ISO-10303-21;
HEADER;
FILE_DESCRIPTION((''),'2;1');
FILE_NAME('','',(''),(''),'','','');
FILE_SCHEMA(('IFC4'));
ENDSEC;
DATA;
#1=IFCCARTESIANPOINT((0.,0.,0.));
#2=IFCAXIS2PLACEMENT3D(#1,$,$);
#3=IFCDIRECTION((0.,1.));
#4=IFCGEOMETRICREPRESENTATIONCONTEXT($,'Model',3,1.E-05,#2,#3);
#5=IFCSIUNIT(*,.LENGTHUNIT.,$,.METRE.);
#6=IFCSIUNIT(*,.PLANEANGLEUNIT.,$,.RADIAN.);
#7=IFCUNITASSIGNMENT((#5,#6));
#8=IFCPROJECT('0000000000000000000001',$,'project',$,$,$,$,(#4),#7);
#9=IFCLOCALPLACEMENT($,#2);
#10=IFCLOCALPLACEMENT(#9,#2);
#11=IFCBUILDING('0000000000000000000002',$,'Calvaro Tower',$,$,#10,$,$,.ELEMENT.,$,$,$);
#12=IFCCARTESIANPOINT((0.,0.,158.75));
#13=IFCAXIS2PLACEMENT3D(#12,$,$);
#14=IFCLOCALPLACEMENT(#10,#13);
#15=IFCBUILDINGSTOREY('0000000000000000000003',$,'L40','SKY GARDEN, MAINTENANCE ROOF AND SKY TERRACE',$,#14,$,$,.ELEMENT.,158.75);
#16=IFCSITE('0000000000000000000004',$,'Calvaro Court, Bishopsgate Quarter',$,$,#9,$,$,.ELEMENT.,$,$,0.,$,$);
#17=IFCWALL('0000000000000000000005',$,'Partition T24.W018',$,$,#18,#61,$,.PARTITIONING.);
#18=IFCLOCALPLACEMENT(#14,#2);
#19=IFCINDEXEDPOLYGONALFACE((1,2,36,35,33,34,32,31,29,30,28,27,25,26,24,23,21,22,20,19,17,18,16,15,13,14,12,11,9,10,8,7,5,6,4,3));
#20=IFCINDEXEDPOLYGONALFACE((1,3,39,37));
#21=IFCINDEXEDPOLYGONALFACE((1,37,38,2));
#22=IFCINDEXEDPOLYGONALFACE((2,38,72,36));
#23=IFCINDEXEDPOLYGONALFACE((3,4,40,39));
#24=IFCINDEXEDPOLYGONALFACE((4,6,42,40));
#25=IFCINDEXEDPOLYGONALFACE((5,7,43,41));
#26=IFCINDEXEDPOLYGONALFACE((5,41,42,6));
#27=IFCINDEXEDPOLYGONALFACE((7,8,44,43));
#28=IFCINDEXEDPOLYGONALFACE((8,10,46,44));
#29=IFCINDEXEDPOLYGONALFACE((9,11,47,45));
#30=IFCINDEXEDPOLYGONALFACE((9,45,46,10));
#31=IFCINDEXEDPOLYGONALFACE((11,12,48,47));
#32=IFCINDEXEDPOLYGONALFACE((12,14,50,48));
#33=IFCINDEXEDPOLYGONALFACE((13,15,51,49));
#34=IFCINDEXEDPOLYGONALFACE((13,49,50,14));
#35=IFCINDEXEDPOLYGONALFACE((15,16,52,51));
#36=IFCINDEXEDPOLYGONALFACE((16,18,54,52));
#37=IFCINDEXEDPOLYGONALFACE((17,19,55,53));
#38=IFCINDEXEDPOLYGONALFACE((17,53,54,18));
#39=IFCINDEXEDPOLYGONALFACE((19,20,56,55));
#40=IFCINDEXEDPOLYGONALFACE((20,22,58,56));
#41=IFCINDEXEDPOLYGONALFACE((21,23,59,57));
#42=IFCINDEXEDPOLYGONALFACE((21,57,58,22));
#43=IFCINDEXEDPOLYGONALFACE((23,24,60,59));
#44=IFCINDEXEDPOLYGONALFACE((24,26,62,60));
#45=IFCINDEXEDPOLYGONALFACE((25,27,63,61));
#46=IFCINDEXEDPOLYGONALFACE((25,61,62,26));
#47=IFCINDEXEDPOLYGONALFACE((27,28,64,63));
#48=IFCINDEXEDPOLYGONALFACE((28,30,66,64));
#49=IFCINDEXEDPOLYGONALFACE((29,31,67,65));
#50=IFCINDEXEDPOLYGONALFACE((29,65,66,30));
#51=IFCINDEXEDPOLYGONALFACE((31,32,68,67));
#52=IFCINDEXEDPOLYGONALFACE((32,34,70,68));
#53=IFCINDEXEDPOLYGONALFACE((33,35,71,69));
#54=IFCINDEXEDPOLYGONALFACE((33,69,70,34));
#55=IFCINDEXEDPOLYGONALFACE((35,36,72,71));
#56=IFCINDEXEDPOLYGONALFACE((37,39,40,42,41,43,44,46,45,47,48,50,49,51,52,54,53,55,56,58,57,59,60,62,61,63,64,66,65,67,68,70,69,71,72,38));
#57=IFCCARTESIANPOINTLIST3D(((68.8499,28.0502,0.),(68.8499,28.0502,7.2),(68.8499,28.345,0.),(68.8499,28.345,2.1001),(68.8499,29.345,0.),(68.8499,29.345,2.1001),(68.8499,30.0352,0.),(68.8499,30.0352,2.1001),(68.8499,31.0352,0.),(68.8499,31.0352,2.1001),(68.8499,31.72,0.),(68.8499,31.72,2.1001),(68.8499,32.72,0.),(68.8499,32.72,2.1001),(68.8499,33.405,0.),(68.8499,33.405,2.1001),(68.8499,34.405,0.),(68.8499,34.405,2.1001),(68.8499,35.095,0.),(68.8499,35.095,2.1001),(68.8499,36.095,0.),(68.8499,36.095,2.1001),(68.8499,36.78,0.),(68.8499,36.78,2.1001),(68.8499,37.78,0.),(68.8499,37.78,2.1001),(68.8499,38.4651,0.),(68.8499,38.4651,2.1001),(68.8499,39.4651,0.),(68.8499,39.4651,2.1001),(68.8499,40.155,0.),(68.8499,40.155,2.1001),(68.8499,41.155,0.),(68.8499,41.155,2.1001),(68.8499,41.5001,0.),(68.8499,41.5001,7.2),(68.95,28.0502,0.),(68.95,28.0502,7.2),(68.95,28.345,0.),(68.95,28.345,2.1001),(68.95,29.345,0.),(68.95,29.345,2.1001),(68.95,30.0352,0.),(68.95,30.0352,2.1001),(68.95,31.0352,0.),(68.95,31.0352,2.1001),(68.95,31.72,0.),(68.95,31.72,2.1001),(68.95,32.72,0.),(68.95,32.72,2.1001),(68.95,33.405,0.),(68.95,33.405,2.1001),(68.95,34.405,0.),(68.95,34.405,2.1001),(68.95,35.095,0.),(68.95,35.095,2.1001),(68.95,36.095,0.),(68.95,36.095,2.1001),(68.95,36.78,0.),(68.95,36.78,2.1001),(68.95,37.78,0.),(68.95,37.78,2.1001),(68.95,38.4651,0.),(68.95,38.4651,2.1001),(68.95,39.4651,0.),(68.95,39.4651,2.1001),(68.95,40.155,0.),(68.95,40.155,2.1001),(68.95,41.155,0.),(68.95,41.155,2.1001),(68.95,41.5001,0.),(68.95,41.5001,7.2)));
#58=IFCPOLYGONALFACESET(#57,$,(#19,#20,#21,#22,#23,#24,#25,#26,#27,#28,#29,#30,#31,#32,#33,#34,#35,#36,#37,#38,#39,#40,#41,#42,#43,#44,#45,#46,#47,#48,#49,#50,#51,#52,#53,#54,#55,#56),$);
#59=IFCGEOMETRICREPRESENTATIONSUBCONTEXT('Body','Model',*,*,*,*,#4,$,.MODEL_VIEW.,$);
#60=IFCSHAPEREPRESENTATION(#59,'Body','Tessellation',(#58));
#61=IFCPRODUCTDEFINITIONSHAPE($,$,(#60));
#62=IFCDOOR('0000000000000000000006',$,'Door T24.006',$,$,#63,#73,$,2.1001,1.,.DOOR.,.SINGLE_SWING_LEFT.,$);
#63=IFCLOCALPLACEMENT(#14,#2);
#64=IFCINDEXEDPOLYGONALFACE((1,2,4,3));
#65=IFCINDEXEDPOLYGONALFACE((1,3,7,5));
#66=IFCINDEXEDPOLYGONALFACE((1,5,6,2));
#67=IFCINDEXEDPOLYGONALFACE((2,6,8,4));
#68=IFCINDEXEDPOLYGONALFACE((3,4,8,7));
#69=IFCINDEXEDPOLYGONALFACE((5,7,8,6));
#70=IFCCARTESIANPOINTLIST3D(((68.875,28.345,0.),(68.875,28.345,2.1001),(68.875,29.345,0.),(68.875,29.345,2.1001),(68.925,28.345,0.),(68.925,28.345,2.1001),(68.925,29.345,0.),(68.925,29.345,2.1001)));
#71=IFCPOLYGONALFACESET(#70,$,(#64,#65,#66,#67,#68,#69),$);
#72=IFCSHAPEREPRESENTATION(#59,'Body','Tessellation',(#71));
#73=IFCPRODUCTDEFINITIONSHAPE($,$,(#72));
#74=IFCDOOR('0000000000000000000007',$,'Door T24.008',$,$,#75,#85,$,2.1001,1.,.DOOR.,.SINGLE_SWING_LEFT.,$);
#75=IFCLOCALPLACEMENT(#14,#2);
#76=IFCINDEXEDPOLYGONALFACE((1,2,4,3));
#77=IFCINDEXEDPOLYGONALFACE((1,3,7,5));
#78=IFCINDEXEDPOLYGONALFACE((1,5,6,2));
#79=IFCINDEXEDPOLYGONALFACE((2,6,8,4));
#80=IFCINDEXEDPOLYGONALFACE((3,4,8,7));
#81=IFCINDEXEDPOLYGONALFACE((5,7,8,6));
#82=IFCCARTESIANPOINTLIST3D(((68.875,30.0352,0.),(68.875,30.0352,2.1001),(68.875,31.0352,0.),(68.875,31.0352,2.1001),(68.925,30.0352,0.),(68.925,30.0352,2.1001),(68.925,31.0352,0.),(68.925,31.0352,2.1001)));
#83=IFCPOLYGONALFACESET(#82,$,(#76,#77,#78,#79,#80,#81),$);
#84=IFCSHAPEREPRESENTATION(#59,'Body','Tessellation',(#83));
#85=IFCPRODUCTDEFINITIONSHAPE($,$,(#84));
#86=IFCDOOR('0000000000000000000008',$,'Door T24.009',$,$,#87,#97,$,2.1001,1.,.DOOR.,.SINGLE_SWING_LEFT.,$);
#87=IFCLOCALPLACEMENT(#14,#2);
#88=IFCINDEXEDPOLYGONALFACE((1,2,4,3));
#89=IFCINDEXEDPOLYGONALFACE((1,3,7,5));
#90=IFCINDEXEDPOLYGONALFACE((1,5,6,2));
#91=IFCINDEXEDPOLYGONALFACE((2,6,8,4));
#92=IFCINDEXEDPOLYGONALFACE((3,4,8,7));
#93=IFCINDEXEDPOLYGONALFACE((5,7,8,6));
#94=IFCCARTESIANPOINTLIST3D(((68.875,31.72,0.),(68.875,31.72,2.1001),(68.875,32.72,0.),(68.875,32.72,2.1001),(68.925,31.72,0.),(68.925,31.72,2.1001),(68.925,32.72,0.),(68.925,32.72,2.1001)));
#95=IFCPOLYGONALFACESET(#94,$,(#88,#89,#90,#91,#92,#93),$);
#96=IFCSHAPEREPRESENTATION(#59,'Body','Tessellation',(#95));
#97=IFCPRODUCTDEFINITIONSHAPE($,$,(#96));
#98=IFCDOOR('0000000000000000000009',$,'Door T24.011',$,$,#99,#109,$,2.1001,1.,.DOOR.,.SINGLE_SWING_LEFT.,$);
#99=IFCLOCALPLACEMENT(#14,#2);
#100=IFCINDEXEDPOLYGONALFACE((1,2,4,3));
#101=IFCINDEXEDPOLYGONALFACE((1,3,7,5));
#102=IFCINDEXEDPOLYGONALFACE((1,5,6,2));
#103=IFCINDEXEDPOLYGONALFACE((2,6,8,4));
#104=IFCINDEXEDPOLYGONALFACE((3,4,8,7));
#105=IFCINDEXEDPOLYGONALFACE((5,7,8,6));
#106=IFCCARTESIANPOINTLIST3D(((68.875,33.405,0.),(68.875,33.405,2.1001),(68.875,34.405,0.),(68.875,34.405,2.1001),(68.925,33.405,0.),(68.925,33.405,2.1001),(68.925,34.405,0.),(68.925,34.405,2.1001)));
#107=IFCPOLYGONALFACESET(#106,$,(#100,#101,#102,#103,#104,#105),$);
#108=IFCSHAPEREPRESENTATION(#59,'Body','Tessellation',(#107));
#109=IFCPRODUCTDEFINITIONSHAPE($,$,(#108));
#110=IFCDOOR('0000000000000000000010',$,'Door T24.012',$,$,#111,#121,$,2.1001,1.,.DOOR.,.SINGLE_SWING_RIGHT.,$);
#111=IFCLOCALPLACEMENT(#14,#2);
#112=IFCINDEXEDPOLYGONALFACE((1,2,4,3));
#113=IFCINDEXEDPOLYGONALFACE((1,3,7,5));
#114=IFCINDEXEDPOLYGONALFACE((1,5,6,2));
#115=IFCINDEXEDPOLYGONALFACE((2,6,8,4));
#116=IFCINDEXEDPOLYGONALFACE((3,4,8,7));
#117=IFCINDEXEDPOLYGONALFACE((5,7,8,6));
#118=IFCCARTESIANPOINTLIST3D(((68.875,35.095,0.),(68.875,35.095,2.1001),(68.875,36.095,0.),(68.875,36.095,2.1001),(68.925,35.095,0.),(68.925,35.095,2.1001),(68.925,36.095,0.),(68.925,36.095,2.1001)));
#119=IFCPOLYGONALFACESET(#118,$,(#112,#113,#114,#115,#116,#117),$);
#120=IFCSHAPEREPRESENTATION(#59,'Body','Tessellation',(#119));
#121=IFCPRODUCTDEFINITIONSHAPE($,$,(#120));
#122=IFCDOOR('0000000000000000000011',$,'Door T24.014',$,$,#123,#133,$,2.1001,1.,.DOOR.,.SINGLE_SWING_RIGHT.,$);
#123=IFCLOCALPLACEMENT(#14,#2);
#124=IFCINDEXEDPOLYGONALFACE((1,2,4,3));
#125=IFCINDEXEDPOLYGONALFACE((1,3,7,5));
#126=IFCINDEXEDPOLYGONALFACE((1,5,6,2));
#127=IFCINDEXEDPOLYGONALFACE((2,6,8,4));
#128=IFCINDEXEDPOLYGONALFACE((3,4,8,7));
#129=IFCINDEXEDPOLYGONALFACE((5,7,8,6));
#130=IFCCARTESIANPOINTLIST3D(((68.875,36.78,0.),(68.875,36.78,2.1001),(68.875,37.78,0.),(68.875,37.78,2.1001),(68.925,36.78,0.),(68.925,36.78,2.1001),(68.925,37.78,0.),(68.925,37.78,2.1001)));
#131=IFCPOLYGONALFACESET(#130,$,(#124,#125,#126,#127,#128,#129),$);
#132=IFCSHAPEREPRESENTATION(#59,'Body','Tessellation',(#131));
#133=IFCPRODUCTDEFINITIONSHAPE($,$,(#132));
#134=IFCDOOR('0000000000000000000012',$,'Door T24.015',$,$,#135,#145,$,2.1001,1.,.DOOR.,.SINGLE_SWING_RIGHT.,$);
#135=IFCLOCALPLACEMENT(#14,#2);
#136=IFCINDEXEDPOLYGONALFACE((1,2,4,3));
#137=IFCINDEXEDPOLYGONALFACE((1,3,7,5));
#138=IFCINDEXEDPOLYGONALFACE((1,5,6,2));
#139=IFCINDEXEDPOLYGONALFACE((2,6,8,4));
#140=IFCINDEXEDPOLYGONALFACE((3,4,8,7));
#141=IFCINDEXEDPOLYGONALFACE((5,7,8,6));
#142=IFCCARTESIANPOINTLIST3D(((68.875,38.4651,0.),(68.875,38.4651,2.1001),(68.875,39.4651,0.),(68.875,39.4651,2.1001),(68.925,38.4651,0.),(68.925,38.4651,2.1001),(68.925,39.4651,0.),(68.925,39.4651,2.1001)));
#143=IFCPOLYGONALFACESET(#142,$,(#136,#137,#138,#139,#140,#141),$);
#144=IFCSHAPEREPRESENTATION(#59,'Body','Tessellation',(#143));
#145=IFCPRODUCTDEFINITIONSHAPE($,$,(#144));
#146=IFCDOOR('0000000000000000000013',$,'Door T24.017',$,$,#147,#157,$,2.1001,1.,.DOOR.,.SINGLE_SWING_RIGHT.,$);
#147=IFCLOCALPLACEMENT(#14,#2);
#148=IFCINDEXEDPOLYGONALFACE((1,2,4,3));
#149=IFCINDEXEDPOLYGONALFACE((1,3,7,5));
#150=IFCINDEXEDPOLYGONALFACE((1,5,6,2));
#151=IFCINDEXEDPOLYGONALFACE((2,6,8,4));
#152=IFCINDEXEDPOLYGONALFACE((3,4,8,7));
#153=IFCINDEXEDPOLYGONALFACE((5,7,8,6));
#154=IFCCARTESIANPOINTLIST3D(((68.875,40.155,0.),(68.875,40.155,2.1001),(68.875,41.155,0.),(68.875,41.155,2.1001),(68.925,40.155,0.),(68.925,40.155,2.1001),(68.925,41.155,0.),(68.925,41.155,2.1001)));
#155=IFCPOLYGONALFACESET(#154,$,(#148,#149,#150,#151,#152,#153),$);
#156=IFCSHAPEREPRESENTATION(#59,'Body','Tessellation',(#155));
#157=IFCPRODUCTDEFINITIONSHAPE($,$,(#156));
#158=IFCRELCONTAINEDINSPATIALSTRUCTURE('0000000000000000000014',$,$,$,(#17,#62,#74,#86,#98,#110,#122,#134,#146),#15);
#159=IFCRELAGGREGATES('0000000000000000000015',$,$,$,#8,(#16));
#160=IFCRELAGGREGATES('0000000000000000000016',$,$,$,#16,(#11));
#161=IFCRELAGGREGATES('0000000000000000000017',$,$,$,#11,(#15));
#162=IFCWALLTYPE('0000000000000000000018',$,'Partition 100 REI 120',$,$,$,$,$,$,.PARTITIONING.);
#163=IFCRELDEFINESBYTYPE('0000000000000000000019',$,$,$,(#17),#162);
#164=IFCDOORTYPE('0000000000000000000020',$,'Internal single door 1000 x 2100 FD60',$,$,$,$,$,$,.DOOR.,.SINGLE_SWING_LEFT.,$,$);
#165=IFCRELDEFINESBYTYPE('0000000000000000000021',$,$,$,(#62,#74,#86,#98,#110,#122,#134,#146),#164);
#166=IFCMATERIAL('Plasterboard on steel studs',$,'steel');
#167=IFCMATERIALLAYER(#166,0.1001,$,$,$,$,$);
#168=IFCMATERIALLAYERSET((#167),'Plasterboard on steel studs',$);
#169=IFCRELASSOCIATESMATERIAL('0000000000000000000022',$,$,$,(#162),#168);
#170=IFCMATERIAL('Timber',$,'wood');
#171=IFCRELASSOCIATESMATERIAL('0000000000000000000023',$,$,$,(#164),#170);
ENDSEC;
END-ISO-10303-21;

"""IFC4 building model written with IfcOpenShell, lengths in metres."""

from ifc_helpers import new_model, si_unit, direction, frame, frame_2d, origin, place, context, subcontext, project, spatial, rectangle, extrude, material, layer, layer_set, type_object, element, fill, save


model = new_model("IFC4")

# Units and contexts
model_context = context("Model", 3, precision=1e-05, world=origin(), true_north=direction((0.0, 1.0)))
body_context = subcontext(model_context, "Body", "Model", "MODEL_VIEW")
ifc_project = project(units=[si_unit("LENGTHUNIT", "METRE"), si_unit("PLANEANGLEUNIT", "RADIAN")], contexts=[model_context])

# Site, building, storey
site_placement = place(None, origin())
site = spatial("IfcSite", under=ifc_project, at=site_placement, Name="Calvaro Court, Bishopsgate Quarter", CompositionType="ELEMENT", RefElevation=0.0)
building_placement = place(site_placement, origin())
building = spatial("IfcBuilding", under=site, at=building_placement, Name="Calvaro Tower", CompositionType="ELEMENT")
storey_placement = place(building_placement, frame((0.0, 0.0, 158.75)))
storey = spatial("IfcBuildingStorey", under=building, at=storey_placement, Name="L40", Description="SKY GARDEN, MAINTENANCE ROOF AND SKY TERRACE", CompositionType="ELEMENT", Elevation=158.75)

# Shared definitions
ifc_material_1 = material(Name="Plasterboard on steel studs", Category="steel")
ifc_layer_1 = layer(ifc_material_1, 0.1001)
ifc_layer_set_1 = layer_set([ifc_layer_1], Name="Plasterboard on steel studs")
wall_type_1 = type_object("IfcWallType", Name="Partition 100 REI 120", PredefinedType="PARTITIONING", material=ifc_layer_set_1)

# Wall, openings, doors
wall_1_placement = place(storey_placement, frame((68.8999, 28.05, 0.0), z_axis=(0.0, 0.0, 1.0), x_axis=(0.0, 1.0, 0.0)))
wall_1 = element("IfcWall", 1, at=wall_1_placement, inside=storey, type_object=wall_type_1, Name="Partition T24.W018", PredefinedType="PARTITIONING", context=body_context, shape_type="SweptSolid", body=[
    extrude(rectangle(XDim=13.45, YDim=0.1001, at=frame_2d((6.7251, 0.0))), origin(), (0.0, 0.0, 1.0), 7.2),
])
opening_1_placement = place(wall_1_placement, frame((0.2949, 0.0, 0.0)))
opening_1 = element("IfcOpeningElement", 2, at=opening_1_placement, cuts=wall_1, PredefinedType="OPENING", context=body_context, shape_type="SweptSolid", body=[
    extrude(rectangle(XDim=1.0, YDim=2.1001, at=frame_2d((0.5, 1.05))), frame((0.0, 0.0601, 0.0), z_axis=(0.0, -1.0, 0.0), x_axis=(1.0, 0.0, 0.0)), (0.0, 0.0, 1.0), 0.1201),
])
opening_2_placement = place(wall_1_placement, frame((1.9851, 0.0, 0.0)))
opening_2 = element("IfcOpeningElement", 3, at=opening_2_placement, cuts=wall_1, PredefinedType="OPENING", context=body_context, shape_type="SweptSolid", body=[
    extrude(rectangle(XDim=1.0, YDim=2.1001, at=frame_2d((0.5, 1.05))), frame((0.0, 0.0601, 0.0), z_axis=(0.0, -1.0, 0.0), x_axis=(1.0, 0.0, 0.0)), (0.0, 0.0, 1.0), 0.1201),
])
opening_3_placement = place(wall_1_placement, frame((3.6699, 0.0, 0.0)))
opening_3 = element("IfcOpeningElement", 4, at=opening_3_placement, cuts=wall_1, PredefinedType="OPENING", context=body_context, shape_type="SweptSolid", body=[
    extrude(rectangle(XDim=1.0, YDim=2.1001, at=frame_2d((0.5, 1.05))), frame((0.0, 0.0601, 0.0), z_axis=(0.0, -1.0, 0.0), x_axis=(1.0, 0.0, 0.0)), (0.0, 0.0, 1.0), 0.1201),
])
opening_4_placement = place(wall_1_placement, frame((5.355, 0.0, 0.0)))
opening_4 = element("IfcOpeningElement", 5, at=opening_4_placement, cuts=wall_1, PredefinedType="OPENING", context=body_context, shape_type="SweptSolid", body=[
    extrude(rectangle(XDim=1.0, YDim=2.1001, at=frame_2d((0.5, 1.05))), frame((0.0, 0.0601, 0.0), z_axis=(0.0, -1.0, 0.0), x_axis=(1.0, 0.0, 0.0)), (0.0, 0.0, 1.0), 0.1201),
])
opening_5_placement = place(wall_1_placement, frame((7.0449, 0.0, 0.0)))
opening_5 = element("IfcOpeningElement", 6, at=opening_5_placement, cuts=wall_1, PredefinedType="OPENING", context=body_context, shape_type="SweptSolid", body=[
    extrude(rectangle(XDim=1.0, YDim=2.1001, at=frame_2d((0.5, 1.05))), frame((0.0, 0.0601, 0.0), z_axis=(0.0, -1.0, 0.0), x_axis=(1.0, 0.0, 0.0)), (0.0, 0.0, 1.0), 0.1201),
])
opening_6_placement = place(wall_1_placement, frame((8.73, 0.0, 0.0)))
opening_6 = element("IfcOpeningElement", 7, at=opening_6_placement, cuts=wall_1, PredefinedType="OPENING", context=body_context, shape_type="SweptSolid", body=[
    extrude(rectangle(XDim=1.0, YDim=2.1001, at=frame_2d((0.5, 1.05))), frame((0.0, 0.0601, 0.0), z_axis=(0.0, -1.0, 0.0), x_axis=(1.0, 0.0, 0.0)), (0.0, 0.0, 1.0), 0.1201),
])
opening_7_placement = place(wall_1_placement, frame((10.415, 0.0, 0.0)))
opening_7 = element("IfcOpeningElement", 8, at=opening_7_placement, cuts=wall_1, PredefinedType="OPENING", context=body_context, shape_type="SweptSolid", body=[
    extrude(rectangle(XDim=1.0, YDim=2.1001, at=frame_2d((0.5, 1.05))), frame((0.0, 0.0601, 0.0), z_axis=(0.0, -1.0, 0.0), x_axis=(1.0, 0.0, 0.0)), (0.0, 0.0, 1.0), 0.1201),
])
opening_8_placement = place(wall_1_placement, frame((12.105, 0.0, 0.0)))
opening_8 = element("IfcOpeningElement", 9, at=opening_8_placement, cuts=wall_1, PredefinedType="OPENING", context=body_context, shape_type="SweptSolid", body=[
    extrude(rectangle(XDim=1.0, YDim=2.1001, at=frame_2d((0.5, 1.05))), frame((0.0, 0.0601, 0.0), z_axis=(0.0, -1.0, 0.0), x_axis=(1.0, 0.0, 0.0)), (0.0, 0.0, 1.0), 0.1201),
])
ifc_material_2 = material(Name="Timber", Category="wood")
door_type_1 = type_object("IfcDoorType", Name="Internal single door 1000 x 2100 FD60", OperationType="SINGLE_SWING_LEFT", PredefinedType="DOOR", material=ifc_material_2)
door_1_placement = place(opening_1_placement, origin())
door_1 = element("IfcDoor", 10, at=door_1_placement, inside=storey, type_object=door_type_1, Name="Door T24.006", OperationType="SINGLE_SWING_LEFT", OverallHeight=2.1001, OverallWidth=1.0, PredefinedType="DOOR", context=body_context, shape_type="SweptSolid", body=[
    extrude(rectangle(XDim=1.0, YDim=2.1001, at=frame_2d((0.5, 1.05))), frame((0.0, 0.0249, 0.0), z_axis=(0.0, -1.0, 0.0), x_axis=(1.0, 0.0, 0.0)), (0.0, 0.0, 1.0), 0.05),
])
fill(opening_1, door_1)
door_2_placement = place(opening_2_placement, origin())
door_2 = element("IfcDoor", 11, at=door_2_placement, inside=storey, type_object=door_type_1, Name="Door T24.008", OperationType="SINGLE_SWING_LEFT", OverallHeight=2.1001, OverallWidth=1.0, PredefinedType="DOOR", context=body_context, shape_type="SweptSolid", body=[
    extrude(rectangle(XDim=1.0, YDim=2.1001, at=frame_2d((0.5, 1.05))), frame((0.0, 0.0249, 0.0), z_axis=(0.0, -1.0, 0.0), x_axis=(1.0, 0.0, 0.0)), (0.0, 0.0, 1.0), 0.05),
])
fill(opening_2, door_2)
door_3_placement = place(opening_3_placement, origin())
door_3 = element("IfcDoor", 12, at=door_3_placement, inside=storey, type_object=door_type_1, Name="Door T24.009", OperationType="SINGLE_SWING_LEFT", OverallHeight=2.1001, OverallWidth=1.0, PredefinedType="DOOR", context=body_context, shape_type="SweptSolid", body=[
    extrude(rectangle(XDim=1.0, YDim=2.1001, at=frame_2d((0.5, 1.05))), frame((0.0, 0.0249, 0.0), z_axis=(0.0, -1.0, 0.0), x_axis=(1.0, 0.0, 0.0)), (0.0, 0.0, 1.0), 0.05),
])
fill(opening_3, door_3)
door_4_placement = place(opening_4_placement, origin())
door_4 = element("IfcDoor", 13, at=door_4_placement, inside=storey, type_object=door_type_1, Name="Door T24.011", OperationType="SINGLE_SWING_LEFT", OverallHeight=2.1001, OverallWidth=1.0, PredefinedType="DOOR", context=body_context, shape_type="SweptSolid", body=[
    extrude(rectangle(XDim=1.0, YDim=2.1001, at=frame_2d((0.5, 1.05))), frame((0.0, 0.0249, 0.0), z_axis=(0.0, -1.0, 0.0), x_axis=(1.0, 0.0, 0.0)), (0.0, 0.0, 1.0), 0.05),
])
fill(opening_4, door_4)
door_5_placement = place(opening_5_placement, origin())
door_5 = element("IfcDoor", 14, at=door_5_placement, inside=storey, type_object=door_type_1, Name="Door T24.012", OperationType="SINGLE_SWING_RIGHT", OverallHeight=2.1001, OverallWidth=1.0, PredefinedType="DOOR", context=body_context, shape_type="SweptSolid", body=[
    extrude(rectangle(XDim=1.0, YDim=2.1001, at=frame_2d((0.5, 1.05))), frame((0.0, 0.0249, 0.0), z_axis=(0.0, -1.0, 0.0), x_axis=(1.0, 0.0, 0.0)), (0.0, 0.0, 1.0), 0.05),
])
fill(opening_5, door_5)
door_6_placement = place(opening_6_placement, origin())
door_6 = element("IfcDoor", 15, at=door_6_placement, inside=storey, type_object=door_type_1, Name="Door T24.014", OperationType="SINGLE_SWING_RIGHT", OverallHeight=2.1001, OverallWidth=1.0, PredefinedType="DOOR", context=body_context, shape_type="SweptSolid", body=[
    extrude(rectangle(XDim=1.0, YDim=2.1001, at=frame_2d((0.5, 1.05))), frame((0.0, 0.0249, 0.0), z_axis=(0.0, -1.0, 0.0), x_axis=(1.0, 0.0, 0.0)), (0.0, 0.0, 1.0), 0.05),
])
fill(opening_6, door_6)
door_7_placement = place(opening_7_placement, origin())
door_7 = element("IfcDoor", 16, at=door_7_placement, inside=storey, type_object=door_type_1, Name="Door T24.015", OperationType="SINGLE_SWING_RIGHT", OverallHeight=2.1001, OverallWidth=1.0, PredefinedType="DOOR", context=body_context, shape_type="SweptSolid", body=[
    extrude(rectangle(XDim=1.0, YDim=2.1001, at=frame_2d((0.5, 1.05))), frame((0.0, 0.0249, 0.0), z_axis=(0.0, -1.0, 0.0), x_axis=(1.0, 0.0, 0.0)), (0.0, 0.0, 1.0), 0.05),
])
fill(opening_7, door_7)
door_8_placement = place(opening_8_placement, origin())
door_8 = element("IfcDoor", 17, at=door_8_placement, inside=storey, type_object=door_type_1, Name="Door T24.017", OperationType="SINGLE_SWING_RIGHT", OverallHeight=2.1001, OverallWidth=1.0, PredefinedType="DOOR", context=body_context, shape_type="SweptSolid", body=[
    extrude(rectangle(XDim=1.0, YDim=2.1001, at=frame_2d((0.5, 1.05))), frame((0.0, 0.0249, 0.0), z_axis=(0.0, -1.0, 0.0), x_axis=(1.0, 0.0, 0.0)), (0.0, 0.0, 1.0), 0.05),
])
fill(opening_8, door_8)

save(model, "model.ifc")
